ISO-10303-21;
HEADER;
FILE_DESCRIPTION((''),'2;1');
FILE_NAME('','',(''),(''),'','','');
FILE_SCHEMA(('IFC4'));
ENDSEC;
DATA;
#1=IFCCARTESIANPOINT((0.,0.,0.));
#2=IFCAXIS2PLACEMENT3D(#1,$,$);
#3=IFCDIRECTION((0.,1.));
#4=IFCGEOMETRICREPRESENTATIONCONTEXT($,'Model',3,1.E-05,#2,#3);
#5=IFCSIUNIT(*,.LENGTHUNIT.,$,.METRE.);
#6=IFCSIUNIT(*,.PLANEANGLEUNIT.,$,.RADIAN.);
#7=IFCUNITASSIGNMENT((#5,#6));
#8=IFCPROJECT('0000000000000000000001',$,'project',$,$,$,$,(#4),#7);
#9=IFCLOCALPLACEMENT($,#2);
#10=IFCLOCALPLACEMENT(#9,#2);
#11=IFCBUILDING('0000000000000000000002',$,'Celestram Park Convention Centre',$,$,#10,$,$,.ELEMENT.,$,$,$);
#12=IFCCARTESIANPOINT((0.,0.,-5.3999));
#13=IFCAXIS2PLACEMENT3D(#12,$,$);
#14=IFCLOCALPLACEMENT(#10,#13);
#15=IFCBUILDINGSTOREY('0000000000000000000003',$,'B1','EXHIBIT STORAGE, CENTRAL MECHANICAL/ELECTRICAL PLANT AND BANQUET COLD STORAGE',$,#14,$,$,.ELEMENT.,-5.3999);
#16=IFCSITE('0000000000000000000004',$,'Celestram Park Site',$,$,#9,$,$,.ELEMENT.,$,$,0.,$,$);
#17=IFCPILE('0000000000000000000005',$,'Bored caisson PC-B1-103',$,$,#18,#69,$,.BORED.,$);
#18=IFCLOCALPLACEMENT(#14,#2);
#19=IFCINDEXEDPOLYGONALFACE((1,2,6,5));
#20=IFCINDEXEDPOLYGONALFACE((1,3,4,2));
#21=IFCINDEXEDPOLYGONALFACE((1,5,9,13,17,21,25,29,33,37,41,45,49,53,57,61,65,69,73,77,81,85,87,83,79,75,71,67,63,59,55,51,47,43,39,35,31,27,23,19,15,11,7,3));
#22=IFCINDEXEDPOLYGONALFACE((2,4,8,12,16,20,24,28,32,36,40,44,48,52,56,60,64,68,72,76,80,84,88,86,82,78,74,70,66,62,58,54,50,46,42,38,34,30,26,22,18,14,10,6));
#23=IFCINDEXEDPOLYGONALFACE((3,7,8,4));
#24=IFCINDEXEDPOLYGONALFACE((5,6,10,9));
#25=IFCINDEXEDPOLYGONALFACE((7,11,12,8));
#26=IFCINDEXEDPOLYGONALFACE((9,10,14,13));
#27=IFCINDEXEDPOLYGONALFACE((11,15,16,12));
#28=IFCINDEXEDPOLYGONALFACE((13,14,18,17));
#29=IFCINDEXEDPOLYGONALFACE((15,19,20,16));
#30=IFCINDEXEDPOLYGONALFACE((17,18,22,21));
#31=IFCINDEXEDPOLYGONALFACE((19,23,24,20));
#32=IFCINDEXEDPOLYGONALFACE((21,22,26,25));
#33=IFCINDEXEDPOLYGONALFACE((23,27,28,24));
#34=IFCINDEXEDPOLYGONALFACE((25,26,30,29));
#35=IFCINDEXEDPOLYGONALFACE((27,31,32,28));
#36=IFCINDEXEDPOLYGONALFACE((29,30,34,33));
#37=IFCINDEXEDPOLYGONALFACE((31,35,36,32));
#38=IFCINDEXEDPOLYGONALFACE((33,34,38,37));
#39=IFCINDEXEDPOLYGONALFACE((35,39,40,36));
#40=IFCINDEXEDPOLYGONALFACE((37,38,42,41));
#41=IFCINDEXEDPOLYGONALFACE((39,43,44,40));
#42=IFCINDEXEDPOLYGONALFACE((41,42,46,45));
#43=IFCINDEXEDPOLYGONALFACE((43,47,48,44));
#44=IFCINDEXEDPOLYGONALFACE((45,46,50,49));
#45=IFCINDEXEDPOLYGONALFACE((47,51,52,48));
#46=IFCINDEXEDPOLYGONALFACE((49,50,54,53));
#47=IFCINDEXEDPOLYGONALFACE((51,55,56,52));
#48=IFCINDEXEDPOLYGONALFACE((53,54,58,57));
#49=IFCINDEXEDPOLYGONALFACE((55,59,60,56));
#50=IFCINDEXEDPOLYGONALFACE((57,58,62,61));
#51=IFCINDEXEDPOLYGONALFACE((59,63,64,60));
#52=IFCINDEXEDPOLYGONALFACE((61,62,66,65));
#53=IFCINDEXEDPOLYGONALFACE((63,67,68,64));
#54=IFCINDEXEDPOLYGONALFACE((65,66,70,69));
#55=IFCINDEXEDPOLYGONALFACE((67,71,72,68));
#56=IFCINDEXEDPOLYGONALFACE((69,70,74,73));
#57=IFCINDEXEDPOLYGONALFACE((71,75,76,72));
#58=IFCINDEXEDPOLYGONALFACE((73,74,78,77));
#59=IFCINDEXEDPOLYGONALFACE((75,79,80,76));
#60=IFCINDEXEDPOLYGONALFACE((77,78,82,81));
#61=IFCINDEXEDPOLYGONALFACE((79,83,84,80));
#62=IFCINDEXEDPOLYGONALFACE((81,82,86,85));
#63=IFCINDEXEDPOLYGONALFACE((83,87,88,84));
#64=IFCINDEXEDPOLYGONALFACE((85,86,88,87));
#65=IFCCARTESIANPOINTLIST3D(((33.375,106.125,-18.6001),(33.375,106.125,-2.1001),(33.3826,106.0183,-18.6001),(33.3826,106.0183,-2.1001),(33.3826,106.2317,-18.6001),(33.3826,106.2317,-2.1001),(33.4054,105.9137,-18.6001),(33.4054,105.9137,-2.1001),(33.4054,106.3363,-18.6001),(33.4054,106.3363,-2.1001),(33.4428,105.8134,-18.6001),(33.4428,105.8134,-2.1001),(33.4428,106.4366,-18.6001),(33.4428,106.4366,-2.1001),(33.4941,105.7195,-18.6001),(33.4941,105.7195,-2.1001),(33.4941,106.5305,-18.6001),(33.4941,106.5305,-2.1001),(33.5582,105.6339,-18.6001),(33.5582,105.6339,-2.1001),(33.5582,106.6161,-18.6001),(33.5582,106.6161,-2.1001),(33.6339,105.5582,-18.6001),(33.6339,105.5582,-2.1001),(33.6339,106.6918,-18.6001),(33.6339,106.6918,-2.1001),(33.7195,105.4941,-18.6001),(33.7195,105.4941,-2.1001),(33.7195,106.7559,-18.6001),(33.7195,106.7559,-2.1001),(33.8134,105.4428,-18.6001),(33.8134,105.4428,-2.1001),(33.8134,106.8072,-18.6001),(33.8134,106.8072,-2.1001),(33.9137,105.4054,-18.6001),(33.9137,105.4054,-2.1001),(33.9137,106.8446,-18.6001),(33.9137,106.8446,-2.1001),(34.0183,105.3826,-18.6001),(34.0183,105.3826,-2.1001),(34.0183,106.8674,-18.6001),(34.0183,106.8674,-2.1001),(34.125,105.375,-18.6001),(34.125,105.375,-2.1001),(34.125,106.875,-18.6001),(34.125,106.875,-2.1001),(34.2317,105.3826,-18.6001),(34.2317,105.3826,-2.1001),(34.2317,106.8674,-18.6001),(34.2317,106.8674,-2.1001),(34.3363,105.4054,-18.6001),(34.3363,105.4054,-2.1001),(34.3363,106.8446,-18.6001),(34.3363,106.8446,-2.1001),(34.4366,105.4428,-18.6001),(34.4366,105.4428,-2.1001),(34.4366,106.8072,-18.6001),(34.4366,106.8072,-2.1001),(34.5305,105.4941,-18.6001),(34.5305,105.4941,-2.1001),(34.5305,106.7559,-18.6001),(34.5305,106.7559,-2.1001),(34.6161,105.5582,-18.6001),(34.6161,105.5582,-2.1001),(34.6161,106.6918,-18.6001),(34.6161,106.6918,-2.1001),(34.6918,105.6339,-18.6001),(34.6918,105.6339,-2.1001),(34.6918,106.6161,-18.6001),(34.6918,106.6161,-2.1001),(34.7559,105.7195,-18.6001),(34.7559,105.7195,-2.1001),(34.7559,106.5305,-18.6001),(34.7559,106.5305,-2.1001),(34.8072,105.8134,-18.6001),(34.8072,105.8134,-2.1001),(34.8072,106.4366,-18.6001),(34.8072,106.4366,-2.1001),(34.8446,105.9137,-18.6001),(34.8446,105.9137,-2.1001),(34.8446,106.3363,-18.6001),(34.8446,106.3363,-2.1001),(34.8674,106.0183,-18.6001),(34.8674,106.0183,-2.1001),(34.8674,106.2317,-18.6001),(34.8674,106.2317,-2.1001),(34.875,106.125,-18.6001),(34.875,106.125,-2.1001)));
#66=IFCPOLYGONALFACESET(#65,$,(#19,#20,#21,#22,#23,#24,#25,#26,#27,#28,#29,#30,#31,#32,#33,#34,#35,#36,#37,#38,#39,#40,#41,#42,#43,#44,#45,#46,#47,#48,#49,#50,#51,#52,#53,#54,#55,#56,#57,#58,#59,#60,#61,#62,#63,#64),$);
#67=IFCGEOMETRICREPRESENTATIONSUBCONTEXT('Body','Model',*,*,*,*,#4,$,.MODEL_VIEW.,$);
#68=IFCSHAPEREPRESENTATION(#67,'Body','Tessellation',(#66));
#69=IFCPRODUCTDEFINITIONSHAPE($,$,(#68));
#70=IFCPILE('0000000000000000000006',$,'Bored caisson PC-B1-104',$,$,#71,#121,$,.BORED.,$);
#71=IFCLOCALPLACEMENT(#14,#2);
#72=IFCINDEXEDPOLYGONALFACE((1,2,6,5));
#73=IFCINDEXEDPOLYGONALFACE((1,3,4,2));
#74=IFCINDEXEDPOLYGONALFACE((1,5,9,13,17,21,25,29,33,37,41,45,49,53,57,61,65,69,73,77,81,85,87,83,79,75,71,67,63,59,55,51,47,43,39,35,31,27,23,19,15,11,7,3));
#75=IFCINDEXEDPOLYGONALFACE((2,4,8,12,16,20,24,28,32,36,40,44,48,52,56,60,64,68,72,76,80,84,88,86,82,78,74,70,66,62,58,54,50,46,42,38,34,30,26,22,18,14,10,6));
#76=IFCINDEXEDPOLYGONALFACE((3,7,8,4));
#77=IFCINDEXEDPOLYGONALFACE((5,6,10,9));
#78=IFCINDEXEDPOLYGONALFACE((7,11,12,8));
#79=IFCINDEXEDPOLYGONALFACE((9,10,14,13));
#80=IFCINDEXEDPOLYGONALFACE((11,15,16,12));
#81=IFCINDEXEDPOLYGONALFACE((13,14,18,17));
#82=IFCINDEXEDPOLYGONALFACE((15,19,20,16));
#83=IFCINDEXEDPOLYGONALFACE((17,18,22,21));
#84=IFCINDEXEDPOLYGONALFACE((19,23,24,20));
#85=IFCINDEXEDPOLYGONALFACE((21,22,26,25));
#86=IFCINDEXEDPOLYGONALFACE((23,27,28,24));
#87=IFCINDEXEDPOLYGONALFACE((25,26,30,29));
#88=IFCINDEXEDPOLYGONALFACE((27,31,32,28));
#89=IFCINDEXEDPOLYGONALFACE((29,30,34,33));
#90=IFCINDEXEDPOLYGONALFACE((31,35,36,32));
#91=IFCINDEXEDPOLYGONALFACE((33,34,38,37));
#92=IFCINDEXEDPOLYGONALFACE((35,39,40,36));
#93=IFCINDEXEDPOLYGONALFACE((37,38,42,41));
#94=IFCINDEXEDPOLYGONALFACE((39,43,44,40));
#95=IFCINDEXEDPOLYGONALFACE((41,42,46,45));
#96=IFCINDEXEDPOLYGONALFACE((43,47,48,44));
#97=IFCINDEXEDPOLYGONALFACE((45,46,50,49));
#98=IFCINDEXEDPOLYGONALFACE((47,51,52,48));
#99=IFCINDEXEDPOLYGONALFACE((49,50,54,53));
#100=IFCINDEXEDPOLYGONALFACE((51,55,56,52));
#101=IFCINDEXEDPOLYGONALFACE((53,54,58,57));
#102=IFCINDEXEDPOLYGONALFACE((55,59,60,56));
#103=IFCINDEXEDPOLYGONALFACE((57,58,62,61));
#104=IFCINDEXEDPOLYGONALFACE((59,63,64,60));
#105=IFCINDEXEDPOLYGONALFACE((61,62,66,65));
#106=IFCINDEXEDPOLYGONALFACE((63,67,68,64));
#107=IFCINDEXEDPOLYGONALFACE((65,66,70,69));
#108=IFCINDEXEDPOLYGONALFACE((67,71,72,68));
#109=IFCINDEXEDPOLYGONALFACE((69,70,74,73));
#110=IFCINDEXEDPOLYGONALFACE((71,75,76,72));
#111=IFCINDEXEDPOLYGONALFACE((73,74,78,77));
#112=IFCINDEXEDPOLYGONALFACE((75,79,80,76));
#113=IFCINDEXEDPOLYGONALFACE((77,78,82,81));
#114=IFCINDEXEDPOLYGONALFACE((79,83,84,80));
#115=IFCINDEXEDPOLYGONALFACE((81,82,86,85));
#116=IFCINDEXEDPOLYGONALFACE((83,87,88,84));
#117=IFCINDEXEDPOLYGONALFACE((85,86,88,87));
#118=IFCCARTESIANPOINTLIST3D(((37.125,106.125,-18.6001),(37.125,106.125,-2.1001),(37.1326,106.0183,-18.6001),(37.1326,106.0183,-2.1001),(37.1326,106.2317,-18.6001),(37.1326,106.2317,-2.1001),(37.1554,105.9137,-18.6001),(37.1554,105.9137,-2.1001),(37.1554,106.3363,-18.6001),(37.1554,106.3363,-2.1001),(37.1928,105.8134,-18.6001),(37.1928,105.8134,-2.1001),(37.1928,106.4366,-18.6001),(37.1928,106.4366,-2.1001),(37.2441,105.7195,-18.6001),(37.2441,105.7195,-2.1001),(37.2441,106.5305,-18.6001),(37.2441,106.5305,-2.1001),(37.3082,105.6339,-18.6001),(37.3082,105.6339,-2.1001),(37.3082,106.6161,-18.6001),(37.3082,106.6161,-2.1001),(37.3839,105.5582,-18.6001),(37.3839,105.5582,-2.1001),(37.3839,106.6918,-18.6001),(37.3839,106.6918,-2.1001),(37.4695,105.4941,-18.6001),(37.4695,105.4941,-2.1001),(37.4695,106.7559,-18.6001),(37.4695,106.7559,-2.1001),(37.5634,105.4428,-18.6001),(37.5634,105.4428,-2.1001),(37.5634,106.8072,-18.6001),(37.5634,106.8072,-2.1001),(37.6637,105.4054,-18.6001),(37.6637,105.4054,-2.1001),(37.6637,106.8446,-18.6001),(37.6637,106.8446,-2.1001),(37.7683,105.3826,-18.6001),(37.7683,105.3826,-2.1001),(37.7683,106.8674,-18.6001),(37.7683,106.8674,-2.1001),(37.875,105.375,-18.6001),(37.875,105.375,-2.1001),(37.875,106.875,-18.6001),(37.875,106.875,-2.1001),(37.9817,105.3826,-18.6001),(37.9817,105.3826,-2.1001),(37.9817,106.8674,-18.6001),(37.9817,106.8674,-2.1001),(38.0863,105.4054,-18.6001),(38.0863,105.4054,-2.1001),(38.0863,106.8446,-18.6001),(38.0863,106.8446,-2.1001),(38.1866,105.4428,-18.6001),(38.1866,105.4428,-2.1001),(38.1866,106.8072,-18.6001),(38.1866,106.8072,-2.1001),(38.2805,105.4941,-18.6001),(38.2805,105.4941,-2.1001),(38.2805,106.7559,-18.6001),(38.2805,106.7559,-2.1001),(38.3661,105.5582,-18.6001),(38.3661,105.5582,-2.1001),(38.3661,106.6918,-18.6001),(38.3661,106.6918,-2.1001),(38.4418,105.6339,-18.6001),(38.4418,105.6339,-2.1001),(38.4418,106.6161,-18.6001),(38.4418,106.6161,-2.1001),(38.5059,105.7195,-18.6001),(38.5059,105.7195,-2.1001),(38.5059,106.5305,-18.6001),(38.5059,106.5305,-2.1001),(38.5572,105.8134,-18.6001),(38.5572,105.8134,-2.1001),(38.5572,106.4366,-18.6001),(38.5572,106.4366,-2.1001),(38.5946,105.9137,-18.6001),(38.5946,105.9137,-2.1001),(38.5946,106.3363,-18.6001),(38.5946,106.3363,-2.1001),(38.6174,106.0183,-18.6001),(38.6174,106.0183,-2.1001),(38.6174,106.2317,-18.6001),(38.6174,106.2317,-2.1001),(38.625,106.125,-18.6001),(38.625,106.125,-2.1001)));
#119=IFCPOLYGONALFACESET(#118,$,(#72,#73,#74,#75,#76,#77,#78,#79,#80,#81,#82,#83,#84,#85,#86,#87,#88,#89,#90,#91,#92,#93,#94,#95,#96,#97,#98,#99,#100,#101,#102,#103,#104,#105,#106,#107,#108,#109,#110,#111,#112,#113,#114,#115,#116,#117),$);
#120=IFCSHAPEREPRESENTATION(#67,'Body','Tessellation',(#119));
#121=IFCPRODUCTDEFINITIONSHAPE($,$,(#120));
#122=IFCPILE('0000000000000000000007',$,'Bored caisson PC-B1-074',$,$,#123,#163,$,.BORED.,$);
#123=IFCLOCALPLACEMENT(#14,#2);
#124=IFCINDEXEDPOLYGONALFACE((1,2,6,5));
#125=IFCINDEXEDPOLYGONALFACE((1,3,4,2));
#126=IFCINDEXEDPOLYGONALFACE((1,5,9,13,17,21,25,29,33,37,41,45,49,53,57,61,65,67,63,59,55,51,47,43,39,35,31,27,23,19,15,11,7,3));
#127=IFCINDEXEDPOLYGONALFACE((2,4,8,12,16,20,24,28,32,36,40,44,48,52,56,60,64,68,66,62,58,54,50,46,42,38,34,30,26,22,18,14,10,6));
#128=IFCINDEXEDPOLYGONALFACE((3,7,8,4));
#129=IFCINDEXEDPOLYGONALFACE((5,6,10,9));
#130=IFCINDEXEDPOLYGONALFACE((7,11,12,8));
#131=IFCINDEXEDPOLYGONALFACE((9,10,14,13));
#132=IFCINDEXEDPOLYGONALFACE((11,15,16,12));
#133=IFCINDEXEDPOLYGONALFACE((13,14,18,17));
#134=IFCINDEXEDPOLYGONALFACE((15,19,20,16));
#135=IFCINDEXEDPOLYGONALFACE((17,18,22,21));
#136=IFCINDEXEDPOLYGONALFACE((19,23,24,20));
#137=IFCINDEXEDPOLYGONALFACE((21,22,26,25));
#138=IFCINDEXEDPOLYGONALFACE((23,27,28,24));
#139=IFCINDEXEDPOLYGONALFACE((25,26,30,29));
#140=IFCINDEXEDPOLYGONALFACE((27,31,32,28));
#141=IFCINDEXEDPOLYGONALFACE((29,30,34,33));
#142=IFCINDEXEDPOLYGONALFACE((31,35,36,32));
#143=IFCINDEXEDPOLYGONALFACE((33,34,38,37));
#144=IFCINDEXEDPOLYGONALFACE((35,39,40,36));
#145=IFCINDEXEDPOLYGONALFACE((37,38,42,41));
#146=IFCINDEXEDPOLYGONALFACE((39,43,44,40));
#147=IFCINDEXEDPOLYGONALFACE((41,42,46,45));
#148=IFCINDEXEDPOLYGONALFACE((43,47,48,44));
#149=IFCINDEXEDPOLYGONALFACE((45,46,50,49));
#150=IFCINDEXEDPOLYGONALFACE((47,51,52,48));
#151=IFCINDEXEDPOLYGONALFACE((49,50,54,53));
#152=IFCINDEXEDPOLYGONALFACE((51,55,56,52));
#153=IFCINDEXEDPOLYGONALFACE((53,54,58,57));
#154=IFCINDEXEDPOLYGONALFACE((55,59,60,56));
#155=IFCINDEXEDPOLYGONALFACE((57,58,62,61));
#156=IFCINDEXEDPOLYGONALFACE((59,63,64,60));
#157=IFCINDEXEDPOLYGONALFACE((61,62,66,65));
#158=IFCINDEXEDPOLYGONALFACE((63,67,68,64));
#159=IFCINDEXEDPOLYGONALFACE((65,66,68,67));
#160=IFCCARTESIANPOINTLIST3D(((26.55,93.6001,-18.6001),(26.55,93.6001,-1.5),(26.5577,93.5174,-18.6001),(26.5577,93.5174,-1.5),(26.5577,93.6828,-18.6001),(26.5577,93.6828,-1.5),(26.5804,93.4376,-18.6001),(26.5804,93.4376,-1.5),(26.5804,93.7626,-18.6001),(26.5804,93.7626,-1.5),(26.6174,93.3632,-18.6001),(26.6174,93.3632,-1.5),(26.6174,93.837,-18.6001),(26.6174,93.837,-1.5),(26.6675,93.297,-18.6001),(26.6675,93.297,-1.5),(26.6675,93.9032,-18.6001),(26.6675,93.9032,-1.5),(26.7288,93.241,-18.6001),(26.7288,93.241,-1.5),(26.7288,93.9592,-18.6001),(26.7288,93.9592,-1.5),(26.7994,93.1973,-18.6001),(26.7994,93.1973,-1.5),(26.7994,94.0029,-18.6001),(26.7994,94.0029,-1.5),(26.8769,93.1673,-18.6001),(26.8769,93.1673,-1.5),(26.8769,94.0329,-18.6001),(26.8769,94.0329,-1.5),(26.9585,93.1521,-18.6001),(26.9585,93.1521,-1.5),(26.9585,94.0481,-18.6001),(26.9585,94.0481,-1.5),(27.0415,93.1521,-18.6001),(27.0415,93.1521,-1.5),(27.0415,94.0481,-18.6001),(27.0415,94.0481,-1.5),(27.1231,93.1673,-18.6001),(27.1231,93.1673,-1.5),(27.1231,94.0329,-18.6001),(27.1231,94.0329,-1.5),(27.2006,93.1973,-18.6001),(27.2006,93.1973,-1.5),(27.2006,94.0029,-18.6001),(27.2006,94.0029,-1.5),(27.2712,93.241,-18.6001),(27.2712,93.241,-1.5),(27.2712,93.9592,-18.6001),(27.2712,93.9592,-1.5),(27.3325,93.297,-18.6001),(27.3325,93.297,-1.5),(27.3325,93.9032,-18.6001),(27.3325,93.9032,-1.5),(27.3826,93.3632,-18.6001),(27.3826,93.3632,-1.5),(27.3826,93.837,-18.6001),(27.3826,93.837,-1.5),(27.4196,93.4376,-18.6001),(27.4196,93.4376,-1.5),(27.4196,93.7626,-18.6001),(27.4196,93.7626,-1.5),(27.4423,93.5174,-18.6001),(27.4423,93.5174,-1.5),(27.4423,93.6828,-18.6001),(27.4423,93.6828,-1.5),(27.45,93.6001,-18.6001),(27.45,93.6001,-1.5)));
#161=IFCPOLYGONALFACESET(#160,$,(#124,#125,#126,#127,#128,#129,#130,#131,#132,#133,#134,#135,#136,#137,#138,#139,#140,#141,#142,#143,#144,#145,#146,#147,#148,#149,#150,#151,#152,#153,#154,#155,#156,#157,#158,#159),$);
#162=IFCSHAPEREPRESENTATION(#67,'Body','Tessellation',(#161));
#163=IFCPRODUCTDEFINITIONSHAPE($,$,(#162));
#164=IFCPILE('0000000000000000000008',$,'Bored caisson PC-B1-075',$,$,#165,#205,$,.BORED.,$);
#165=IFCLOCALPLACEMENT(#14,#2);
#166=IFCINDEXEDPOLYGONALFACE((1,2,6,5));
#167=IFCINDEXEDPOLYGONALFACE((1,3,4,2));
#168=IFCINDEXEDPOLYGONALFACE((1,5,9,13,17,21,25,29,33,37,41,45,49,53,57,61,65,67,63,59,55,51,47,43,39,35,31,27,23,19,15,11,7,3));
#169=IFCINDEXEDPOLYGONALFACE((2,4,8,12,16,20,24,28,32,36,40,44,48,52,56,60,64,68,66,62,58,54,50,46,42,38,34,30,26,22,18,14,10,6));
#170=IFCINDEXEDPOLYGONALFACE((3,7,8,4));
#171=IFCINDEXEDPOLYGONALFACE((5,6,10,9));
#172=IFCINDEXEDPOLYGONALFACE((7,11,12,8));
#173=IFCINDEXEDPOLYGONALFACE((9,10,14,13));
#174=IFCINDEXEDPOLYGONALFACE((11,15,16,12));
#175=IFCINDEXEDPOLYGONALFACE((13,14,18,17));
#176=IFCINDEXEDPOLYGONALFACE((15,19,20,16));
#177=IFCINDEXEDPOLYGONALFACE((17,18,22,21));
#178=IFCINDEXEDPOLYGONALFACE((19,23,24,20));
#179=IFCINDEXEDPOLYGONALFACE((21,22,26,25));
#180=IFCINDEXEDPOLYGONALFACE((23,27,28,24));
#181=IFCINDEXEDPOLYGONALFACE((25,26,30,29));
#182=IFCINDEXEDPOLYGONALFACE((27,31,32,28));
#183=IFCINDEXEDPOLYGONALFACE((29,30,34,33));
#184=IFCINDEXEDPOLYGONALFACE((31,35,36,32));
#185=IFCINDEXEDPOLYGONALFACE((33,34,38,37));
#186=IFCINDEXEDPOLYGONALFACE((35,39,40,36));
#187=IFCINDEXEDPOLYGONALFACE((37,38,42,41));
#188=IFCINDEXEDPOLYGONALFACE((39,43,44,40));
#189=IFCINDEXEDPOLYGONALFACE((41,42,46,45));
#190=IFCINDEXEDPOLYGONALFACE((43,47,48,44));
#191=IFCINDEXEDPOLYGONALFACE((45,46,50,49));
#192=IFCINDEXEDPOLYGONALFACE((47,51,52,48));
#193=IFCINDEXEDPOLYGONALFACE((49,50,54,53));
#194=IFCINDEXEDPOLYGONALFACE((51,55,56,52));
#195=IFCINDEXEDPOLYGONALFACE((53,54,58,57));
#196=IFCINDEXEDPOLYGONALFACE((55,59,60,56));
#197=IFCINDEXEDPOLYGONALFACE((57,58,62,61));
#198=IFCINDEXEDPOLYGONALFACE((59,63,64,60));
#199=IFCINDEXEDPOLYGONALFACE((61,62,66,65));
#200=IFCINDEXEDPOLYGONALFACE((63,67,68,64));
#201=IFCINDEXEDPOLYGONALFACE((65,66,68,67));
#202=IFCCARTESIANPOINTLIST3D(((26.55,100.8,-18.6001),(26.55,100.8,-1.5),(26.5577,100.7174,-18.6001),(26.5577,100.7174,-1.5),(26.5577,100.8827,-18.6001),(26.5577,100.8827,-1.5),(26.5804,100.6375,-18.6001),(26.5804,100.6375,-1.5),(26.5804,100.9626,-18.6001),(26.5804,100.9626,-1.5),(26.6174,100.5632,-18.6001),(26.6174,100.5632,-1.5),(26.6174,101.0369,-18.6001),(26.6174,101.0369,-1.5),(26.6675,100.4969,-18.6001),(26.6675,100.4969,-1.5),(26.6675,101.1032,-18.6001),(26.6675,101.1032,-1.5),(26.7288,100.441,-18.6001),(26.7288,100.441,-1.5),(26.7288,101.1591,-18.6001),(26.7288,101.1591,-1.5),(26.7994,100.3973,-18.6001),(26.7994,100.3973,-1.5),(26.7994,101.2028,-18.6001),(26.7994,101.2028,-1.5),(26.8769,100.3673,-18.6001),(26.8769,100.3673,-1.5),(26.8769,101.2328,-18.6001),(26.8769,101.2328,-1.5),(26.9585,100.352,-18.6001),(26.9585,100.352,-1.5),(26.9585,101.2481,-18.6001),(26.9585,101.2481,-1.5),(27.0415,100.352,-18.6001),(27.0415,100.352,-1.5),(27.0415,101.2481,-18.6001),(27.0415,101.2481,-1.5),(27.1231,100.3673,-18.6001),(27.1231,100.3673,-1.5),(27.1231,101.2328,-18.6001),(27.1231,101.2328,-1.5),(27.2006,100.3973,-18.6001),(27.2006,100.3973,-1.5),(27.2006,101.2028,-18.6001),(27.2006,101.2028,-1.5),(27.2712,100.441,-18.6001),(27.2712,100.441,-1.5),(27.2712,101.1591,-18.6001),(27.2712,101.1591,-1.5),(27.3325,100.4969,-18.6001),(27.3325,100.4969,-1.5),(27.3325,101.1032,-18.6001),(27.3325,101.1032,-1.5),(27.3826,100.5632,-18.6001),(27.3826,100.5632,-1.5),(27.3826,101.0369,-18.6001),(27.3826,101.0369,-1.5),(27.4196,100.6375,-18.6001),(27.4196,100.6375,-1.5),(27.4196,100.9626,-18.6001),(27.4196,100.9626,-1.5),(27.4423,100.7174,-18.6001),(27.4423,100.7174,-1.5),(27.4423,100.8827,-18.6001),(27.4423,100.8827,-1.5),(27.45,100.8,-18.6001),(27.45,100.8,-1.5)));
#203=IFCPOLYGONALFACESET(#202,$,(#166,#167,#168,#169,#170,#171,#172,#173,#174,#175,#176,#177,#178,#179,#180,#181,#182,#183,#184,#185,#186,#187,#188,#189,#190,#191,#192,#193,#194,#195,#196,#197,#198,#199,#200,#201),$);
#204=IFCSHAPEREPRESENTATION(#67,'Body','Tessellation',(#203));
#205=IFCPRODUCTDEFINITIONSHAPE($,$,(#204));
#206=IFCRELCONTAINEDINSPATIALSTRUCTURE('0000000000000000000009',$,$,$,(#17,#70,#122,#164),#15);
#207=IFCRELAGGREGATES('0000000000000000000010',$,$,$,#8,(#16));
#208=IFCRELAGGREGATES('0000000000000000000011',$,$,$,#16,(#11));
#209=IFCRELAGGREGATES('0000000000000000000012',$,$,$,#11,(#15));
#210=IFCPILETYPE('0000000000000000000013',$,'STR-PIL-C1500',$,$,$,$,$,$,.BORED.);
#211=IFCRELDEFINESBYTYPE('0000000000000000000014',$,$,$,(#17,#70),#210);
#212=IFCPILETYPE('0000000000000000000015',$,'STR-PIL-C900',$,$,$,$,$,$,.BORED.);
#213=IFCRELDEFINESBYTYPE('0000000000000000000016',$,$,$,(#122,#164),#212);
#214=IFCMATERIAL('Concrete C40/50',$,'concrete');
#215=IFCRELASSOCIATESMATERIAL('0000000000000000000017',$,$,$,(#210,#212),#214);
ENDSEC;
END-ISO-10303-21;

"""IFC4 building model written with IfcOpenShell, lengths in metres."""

from ifc_helpers import new_model, si_unit, direction, frame, origin, origin_2d, place, context, subcontext, project, spatial, circle, extrude, material, material_profile, profile_set, type_object, element, save


model = new_model("IFC4")

# Units and contexts
model_context = context("Model", 3, precision=1e-05, world=origin(), true_north=direction((0.0, 1.0)))
body_context = subcontext(model_context, "Body", "Model", "MODEL_VIEW")
ifc_project = project(units=[si_unit("LENGTHUNIT", "METRE"), si_unit("PLANEANGLEUNIT", "RADIAN")], contexts=[model_context])

# Site, building, storey
site_placement = place(None, origin())
site = spatial("IfcSite", under=ifc_project, at=site_placement, Name="Celestram Park Site", CompositionType="ELEMENT", RefElevation=0.0)
building_placement = place(site_placement, origin())
building = spatial("IfcBuilding", under=site, at=building_placement, Name="Celestram Park Convention Centre", CompositionType="ELEMENT")
storey_placement = place(building_placement, frame((0.0, 0.0, -5.3999)))
storey = spatial("IfcBuildingStorey", under=building, at=storey_placement, Name="B1", Description="EXHIBIT STORAGE, CENTRAL MECHANICAL/ELECTRICAL PLANT AND BANQUET COLD STORAGE", CompositionType="ELEMENT", Elevation=-5.3999)

# Shared definitions
ifc_material_1 = material(Name="Concrete C40/50", Category="concrete")

# Piles
ifc_material_profile_1 = material_profile(ifc_material_1, circle(Radius=0.75, at=origin_2d()), Name="CAISSON1500")
ifc_profile_set_1 = profile_set([ifc_material_profile_1], Name="Concrete C40/50")
pile_type_1 = type_object("IfcPileType", Name="STR-PIL-C1500", PredefinedType="BORED", material=ifc_profile_set_1)
for number, where, z_axis, x_axis, name in (
    (1, (34.125, 106.125, -2.1001), (0.0, 0.0, -1.0), (1.0, 0.0, 0.0), "Bored caisson PC-B1-103"),
    (2, (37.875, 106.125, -2.1001), (0.0, 0.0, -1.0), (1.0, 0.0, 0.0), "Bored caisson PC-B1-104"),
):
    element("IfcPile", number, at=place(storey_placement, frame(where, z_axis=z_axis, x_axis=x_axis)), inside=storey, type_object=pile_type_1, Name=name, PredefinedType="BORED", context=body_context, shape_type="SweptSolid", body=[
        extrude(circle(Radius=0.75, at=origin_2d()), origin(), (0.0, 0.0, 1.0), 16.5),
    ])
ifc_material_profile_2 = material_profile(ifc_material_1, circle(Radius=0.45, at=origin_2d()), Name="CAISSON900")
ifc_profile_set_2 = profile_set([ifc_material_profile_2], Name="Concrete C40/50")
pile_type_2 = type_object("IfcPileType", Name="STR-PIL-C900", PredefinedType="BORED", material=ifc_profile_set_2)
for number, where, z_axis, x_axis, name in (
    (3, (27.0, 93.6001, -1.5), (0.0, 0.0, -1.0), (1.0, 0.0, 0.0), "Bored caisson PC-B1-074"),
    (4, (27.0, 100.8, -1.5), (0.0, 0.0, -1.0), (1.0, 0.0, 0.0), "Bored caisson PC-B1-075"),
):
    element("IfcPile", number, at=place(storey_placement, frame(where, z_axis=z_axis, x_axis=x_axis)), inside=storey, type_object=pile_type_2, Name=name, PredefinedType="BORED", context=body_context, shape_type="SweptSolid", body=[
        extrude(circle(Radius=0.45, at=origin_2d()), origin(), (0.0, 0.0, 1.0), 17.1001),
    ])

save(model, "model.ifc")
